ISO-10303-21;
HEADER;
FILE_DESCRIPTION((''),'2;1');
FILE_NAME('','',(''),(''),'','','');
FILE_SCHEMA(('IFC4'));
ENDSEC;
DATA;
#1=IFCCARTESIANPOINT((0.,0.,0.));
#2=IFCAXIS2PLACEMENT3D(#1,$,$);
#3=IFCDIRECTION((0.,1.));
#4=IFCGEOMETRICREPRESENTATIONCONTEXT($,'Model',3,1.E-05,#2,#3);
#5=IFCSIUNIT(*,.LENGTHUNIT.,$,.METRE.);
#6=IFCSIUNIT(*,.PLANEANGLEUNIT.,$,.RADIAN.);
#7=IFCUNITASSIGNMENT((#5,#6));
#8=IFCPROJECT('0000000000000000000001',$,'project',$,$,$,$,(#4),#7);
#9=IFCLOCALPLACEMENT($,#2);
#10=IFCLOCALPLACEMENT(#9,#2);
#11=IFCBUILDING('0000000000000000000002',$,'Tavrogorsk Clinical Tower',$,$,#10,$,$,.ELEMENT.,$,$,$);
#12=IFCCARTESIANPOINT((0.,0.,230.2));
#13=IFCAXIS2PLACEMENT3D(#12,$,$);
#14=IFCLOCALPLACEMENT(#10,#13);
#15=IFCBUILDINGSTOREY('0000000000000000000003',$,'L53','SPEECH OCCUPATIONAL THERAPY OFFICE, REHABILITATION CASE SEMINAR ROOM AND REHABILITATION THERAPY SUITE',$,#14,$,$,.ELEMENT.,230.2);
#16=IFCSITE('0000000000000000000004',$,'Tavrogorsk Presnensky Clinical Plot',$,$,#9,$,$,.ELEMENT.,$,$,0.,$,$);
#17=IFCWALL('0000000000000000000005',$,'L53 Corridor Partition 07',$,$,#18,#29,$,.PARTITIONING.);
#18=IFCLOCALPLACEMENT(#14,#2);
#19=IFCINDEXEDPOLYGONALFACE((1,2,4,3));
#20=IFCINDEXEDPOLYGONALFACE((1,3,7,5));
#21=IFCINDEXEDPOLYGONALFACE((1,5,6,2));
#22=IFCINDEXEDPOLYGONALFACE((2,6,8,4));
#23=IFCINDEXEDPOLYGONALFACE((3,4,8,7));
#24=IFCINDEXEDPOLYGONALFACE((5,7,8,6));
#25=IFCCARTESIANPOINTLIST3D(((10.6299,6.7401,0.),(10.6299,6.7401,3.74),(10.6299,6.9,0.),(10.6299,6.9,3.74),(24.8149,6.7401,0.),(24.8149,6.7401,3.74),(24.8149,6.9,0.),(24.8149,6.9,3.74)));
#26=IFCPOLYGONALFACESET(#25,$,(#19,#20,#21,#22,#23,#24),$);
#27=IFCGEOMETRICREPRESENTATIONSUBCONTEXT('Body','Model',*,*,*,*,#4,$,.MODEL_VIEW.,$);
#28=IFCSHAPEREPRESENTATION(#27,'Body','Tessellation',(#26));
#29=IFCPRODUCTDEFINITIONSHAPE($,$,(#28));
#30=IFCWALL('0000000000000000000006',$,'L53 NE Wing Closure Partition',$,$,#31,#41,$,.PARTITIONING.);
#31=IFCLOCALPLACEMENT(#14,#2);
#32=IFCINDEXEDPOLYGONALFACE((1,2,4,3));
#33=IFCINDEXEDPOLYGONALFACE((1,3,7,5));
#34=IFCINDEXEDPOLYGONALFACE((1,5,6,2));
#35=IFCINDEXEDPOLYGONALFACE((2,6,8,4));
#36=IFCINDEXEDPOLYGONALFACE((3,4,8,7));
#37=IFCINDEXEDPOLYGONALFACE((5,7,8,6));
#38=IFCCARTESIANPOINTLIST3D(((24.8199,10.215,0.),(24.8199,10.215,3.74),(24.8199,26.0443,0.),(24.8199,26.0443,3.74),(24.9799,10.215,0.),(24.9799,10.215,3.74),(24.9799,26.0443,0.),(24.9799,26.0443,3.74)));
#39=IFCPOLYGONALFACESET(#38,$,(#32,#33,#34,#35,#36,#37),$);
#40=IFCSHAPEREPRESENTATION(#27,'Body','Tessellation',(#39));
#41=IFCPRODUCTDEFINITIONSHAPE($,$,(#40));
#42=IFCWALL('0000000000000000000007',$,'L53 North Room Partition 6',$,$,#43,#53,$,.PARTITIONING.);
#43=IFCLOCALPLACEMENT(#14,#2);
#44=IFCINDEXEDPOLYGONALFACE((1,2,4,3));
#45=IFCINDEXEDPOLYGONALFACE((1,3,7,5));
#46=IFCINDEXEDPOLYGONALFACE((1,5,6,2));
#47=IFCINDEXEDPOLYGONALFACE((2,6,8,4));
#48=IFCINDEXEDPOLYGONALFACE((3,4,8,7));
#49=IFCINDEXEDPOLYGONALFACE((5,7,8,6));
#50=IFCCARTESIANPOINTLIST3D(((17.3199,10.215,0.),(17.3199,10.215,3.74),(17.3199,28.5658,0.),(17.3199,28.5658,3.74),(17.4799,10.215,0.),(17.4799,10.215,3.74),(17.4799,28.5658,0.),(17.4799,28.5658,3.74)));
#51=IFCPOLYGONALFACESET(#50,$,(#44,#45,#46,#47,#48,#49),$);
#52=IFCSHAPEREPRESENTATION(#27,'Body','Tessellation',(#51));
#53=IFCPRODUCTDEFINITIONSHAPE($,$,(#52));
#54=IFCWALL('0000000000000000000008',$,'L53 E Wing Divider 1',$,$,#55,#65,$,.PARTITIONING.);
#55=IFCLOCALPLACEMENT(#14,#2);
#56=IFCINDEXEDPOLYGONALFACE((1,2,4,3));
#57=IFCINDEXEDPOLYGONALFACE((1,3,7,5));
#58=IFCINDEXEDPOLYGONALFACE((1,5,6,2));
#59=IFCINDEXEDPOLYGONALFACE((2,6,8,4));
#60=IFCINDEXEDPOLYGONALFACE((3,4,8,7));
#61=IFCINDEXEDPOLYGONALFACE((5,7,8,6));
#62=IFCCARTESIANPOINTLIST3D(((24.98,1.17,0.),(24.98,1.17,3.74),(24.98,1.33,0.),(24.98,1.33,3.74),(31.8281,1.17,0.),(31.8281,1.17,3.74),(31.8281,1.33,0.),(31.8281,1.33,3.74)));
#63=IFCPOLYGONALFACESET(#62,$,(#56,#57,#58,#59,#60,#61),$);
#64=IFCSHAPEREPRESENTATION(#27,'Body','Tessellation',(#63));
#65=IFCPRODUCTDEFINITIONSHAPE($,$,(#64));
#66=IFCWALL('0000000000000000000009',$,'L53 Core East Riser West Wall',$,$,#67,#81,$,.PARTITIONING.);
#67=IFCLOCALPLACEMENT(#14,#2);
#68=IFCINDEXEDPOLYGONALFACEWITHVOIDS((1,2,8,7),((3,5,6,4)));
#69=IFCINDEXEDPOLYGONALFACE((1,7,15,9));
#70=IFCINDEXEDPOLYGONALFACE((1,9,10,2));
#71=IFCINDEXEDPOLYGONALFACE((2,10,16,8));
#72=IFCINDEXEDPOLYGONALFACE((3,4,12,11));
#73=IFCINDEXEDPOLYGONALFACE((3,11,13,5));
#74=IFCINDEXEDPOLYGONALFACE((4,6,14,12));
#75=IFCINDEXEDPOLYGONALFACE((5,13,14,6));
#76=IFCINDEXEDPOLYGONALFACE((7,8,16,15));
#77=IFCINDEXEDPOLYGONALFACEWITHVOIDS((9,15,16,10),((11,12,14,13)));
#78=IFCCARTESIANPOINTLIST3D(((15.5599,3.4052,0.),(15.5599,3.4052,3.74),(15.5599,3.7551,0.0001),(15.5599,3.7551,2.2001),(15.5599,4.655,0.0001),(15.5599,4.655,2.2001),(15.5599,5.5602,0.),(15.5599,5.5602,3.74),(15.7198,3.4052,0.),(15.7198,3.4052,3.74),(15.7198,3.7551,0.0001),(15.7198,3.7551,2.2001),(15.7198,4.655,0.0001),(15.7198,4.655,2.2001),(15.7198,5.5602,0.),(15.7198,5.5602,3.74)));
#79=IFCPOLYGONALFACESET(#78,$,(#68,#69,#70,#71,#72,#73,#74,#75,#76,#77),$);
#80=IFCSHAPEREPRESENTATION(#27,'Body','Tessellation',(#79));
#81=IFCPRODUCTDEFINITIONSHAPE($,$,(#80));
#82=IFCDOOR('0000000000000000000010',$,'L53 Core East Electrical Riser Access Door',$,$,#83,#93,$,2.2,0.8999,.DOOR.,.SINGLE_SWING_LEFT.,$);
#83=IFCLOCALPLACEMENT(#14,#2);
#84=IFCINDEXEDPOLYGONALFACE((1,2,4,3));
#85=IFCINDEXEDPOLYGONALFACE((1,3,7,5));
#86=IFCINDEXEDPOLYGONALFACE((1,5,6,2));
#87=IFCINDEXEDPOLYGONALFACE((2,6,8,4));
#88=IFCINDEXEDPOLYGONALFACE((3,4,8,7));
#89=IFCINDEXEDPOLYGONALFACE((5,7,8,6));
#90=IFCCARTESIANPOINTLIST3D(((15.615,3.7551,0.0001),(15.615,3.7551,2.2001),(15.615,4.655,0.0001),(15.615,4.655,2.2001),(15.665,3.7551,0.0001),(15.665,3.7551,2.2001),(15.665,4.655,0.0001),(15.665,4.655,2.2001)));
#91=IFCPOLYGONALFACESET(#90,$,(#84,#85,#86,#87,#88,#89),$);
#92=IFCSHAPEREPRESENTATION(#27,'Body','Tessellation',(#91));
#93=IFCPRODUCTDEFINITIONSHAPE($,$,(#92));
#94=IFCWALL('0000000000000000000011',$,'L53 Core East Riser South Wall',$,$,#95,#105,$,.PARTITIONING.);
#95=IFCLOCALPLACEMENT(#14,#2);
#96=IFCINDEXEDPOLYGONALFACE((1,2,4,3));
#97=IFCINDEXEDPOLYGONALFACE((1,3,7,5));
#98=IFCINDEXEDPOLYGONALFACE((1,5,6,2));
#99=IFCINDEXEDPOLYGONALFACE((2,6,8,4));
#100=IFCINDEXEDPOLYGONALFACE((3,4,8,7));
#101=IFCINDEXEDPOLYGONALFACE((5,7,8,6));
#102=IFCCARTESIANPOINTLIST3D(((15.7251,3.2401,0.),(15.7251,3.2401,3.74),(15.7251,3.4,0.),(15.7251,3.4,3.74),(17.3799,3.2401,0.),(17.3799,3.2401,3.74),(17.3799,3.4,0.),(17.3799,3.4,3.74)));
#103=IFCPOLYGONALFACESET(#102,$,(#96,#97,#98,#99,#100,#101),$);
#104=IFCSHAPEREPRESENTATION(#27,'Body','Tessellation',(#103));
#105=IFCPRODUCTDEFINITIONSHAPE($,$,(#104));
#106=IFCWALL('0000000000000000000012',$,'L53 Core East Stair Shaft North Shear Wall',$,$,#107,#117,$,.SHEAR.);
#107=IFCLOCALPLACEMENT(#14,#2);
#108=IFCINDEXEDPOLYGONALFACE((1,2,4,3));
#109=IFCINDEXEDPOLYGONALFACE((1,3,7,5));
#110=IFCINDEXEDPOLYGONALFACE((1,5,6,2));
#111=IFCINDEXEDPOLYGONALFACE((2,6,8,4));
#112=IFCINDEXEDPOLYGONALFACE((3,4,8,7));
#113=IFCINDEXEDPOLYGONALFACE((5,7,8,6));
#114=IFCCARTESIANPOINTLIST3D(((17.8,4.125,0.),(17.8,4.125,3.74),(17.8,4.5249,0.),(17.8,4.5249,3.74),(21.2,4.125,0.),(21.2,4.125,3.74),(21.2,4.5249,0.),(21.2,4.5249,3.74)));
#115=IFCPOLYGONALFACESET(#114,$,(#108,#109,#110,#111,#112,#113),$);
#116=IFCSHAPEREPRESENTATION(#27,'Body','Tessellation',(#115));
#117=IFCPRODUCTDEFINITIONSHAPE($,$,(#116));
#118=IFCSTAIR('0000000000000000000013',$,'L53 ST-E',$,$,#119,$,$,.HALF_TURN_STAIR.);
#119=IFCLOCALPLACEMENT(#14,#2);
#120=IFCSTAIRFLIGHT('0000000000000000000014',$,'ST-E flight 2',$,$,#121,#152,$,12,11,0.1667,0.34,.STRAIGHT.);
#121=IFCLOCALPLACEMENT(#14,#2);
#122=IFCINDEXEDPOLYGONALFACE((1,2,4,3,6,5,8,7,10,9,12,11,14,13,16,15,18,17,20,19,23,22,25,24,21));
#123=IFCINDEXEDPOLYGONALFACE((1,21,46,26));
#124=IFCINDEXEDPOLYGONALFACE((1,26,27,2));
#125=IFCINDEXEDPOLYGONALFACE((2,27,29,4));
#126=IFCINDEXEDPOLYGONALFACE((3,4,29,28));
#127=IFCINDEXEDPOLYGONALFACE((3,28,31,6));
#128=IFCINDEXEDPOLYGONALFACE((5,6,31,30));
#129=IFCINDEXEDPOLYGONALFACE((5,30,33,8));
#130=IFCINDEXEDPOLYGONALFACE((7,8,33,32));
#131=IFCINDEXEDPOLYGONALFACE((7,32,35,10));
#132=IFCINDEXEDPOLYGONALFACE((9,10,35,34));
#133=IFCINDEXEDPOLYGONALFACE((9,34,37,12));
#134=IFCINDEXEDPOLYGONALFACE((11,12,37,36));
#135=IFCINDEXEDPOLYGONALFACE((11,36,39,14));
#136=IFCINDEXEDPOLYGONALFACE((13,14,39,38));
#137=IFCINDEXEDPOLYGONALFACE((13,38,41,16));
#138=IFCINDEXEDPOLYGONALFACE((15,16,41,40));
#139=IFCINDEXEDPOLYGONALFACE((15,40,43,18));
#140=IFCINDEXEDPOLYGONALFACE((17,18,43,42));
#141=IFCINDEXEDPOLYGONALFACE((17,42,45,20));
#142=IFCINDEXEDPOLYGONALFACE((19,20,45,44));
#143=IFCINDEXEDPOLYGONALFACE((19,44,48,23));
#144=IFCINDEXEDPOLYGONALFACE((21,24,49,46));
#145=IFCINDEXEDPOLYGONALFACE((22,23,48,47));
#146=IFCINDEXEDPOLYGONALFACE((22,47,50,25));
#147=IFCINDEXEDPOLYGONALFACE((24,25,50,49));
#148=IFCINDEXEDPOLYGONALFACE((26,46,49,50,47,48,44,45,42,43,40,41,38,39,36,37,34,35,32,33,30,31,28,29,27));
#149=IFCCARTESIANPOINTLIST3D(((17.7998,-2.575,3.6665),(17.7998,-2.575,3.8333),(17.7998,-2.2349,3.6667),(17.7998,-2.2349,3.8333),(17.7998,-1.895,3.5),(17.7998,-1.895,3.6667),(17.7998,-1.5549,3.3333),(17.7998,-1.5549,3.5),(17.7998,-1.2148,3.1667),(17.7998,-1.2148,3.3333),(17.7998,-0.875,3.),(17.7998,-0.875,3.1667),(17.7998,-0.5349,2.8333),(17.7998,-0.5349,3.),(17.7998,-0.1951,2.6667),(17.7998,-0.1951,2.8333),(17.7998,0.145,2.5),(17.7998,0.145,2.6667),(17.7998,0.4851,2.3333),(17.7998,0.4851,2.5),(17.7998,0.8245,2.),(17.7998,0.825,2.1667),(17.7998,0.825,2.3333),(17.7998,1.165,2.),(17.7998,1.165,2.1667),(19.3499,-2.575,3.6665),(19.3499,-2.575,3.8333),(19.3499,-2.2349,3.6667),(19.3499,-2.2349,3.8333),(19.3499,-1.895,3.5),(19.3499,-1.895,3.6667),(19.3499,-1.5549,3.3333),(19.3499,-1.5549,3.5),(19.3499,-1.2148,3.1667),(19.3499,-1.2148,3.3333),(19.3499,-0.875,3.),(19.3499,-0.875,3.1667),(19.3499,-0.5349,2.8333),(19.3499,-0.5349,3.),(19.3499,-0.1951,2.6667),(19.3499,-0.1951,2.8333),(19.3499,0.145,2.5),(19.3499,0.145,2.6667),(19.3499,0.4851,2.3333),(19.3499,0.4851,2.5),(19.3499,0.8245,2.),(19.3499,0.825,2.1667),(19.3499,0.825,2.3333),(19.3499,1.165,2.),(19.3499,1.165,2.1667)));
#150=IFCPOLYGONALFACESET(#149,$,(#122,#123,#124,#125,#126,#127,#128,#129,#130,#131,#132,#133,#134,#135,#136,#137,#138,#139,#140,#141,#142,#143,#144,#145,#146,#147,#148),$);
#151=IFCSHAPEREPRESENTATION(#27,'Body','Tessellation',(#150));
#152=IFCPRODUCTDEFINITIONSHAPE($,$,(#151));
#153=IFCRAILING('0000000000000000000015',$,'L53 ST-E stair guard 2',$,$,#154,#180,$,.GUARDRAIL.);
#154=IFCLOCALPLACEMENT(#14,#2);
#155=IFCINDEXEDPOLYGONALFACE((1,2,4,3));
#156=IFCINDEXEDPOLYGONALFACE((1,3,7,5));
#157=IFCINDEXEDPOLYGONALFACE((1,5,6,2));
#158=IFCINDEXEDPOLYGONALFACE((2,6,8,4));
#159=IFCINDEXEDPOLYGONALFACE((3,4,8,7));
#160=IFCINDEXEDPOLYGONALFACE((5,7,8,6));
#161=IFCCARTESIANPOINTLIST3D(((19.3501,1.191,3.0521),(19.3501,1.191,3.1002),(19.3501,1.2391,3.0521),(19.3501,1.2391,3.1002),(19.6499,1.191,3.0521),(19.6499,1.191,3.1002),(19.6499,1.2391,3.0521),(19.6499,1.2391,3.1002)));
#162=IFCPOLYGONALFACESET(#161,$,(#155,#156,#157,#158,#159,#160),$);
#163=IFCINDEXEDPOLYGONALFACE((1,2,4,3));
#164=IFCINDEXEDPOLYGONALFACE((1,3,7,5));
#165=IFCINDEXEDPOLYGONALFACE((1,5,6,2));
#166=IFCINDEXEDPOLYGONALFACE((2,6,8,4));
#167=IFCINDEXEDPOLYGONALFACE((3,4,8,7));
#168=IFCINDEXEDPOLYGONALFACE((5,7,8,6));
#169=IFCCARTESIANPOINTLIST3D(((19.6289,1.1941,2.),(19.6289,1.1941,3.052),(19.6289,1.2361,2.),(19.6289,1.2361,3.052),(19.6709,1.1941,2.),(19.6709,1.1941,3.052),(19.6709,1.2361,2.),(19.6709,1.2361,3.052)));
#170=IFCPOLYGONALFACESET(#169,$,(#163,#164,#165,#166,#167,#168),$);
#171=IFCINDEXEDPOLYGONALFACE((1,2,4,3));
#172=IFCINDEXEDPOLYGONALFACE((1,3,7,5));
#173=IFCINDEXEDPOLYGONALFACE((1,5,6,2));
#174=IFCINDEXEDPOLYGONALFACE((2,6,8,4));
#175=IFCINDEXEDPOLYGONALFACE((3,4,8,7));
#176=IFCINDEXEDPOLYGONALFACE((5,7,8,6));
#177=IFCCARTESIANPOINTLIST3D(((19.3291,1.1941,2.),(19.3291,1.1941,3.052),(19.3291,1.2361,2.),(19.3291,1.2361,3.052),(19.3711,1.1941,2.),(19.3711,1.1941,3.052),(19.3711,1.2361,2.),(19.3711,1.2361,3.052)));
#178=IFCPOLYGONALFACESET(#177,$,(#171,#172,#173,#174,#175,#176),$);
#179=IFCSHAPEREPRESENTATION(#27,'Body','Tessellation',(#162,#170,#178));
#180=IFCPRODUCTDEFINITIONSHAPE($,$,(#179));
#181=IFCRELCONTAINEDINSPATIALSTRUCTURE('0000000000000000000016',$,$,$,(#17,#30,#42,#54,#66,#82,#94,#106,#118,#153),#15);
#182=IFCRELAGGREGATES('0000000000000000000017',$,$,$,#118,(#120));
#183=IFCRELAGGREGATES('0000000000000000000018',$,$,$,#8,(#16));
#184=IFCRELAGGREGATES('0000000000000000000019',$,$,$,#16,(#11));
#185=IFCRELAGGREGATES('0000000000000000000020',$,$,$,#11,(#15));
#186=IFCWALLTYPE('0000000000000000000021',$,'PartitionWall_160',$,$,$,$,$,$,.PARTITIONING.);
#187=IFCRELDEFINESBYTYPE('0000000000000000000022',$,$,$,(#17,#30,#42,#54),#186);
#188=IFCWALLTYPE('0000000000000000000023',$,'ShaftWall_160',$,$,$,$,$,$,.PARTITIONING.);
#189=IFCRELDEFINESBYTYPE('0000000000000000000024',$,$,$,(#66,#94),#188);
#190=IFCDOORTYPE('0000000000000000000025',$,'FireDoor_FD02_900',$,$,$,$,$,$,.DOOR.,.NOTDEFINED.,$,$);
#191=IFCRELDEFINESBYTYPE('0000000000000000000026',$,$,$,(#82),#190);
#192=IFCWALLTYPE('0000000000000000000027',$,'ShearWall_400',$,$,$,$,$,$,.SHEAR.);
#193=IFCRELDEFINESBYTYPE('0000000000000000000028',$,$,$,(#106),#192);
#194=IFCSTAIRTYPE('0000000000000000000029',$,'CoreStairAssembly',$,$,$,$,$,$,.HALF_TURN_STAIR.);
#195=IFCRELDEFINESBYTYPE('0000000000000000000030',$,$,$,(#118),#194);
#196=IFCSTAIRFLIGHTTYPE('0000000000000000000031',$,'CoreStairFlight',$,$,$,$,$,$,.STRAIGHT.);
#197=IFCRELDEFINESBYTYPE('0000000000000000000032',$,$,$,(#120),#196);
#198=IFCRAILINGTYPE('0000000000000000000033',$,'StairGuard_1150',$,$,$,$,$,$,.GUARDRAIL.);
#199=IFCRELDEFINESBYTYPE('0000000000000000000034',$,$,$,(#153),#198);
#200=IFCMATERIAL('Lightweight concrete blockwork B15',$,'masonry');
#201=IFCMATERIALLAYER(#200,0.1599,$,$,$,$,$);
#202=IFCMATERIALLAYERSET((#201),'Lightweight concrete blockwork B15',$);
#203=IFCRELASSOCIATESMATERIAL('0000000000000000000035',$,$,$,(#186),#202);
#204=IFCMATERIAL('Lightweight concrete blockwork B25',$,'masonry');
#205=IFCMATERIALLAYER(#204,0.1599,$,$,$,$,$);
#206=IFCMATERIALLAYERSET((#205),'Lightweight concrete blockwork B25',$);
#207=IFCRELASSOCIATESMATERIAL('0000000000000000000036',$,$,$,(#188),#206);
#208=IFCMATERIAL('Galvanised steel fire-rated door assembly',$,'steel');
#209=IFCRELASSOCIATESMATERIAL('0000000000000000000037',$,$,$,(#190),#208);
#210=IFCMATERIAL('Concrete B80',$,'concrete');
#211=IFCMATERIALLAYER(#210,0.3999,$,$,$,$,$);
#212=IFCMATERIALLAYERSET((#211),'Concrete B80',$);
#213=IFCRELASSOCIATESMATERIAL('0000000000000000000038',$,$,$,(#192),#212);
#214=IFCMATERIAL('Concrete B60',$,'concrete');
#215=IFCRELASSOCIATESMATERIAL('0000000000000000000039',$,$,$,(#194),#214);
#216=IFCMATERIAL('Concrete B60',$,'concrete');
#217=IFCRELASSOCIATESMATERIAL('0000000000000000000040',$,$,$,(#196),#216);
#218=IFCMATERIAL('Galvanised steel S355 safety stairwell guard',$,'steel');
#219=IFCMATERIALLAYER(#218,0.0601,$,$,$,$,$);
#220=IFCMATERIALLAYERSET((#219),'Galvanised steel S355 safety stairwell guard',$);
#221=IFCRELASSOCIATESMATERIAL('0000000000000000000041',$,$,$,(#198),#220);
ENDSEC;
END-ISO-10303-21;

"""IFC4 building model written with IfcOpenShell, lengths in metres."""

from ifc_helpers import new_model, si_unit, direction, frame, frame_2d, origin, origin_2d, place, context, subcontext, project, spatial, polyline, rectangle, outline, extrude, material, layer, layer_set, type_object, element, fill, aggregate, save


model = new_model("IFC4")

# Units and contexts
model_context = context("Model", 3, precision=1e-05, world=origin(), true_north=direction((0.0, 1.0)))
body_context = subcontext(model_context, "Body", "Model", "MODEL_VIEW")
ifc_project = project(units=[si_unit("LENGTHUNIT", "METRE"), si_unit("PLANEANGLEUNIT", "RADIAN")], contexts=[model_context])

# Site, building, storey
site_placement = place(None, origin())
site = spatial("IfcSite", under=ifc_project, at=site_placement, Name="Tavrogorsk Presnensky Clinical Plot", CompositionType="ELEMENT", RefElevation=0.0)
building_placement = place(site_placement, origin())
building = spatial("IfcBuilding", under=site, at=building_placement, Name="Tavrogorsk Clinical Tower", CompositionType="ELEMENT")
storey_placement = place(building_placement, frame((0.0, 0.0, 230.2)))
storey = spatial("IfcBuildingStorey", under=building, at=storey_placement, Name="L53", Description="SPEECH OCCUPATIONAL THERAPY OFFICE, REHABILITATION CASE SEMINAR ROOM AND REHABILITATION THERAPY SUITE", CompositionType="ELEMENT", Elevation=230.2)

# Shared definitions
ifc_material_1 = material(Name="Lightweight concrete blockwork B15", Category="masonry")
ifc_layer_1 = layer(ifc_material_1, 0.1599)
ifc_layer_set_1 = layer_set([ifc_layer_1], Name="Lightweight concrete blockwork B15")
wall_type_1 = type_object("IfcWallType", Name="PartitionWall_160", PredefinedType="PARTITIONING", material=ifc_layer_set_1)

# Walls
wall_1_placement = place(storey_placement, frame((24.8149, 6.8201, 0.0), z_axis=(0.0, 0.0, 1.0), x_axis=(-1.0, 0.0, 0.0)))
element("IfcWall", 1, at=wall_1_placement, inside=storey, type_object=wall_type_1, Name="L53 Corridor Partition 07", PredefinedType="PARTITIONING", context=body_context, shape_type="SweptSolid", body=[
    extrude(rectangle(XDim=14.1851, YDim=0.1599, at=frame_2d((7.0925, 0.0))), origin(), (0.0, 0.0, 1.0), 3.74),
])
wall_2_placement = place(storey_placement, frame((24.8999, 10.2151, 0.0), z_axis=(0.0, 0.0, 1.0), x_axis=(0.0, 1.0, 0.0)))
element("IfcWall", 2, at=wall_2_placement, inside=storey, type_object=wall_type_1, Name="L53 NE Wing Closure Partition", PredefinedType="PARTITIONING", context=body_context, shape_type="SweptSolid", body=[
    extrude(rectangle(XDim=15.8293, YDim=0.1599, at=frame_2d((7.9146, 0.0))), origin(), (0.0, 0.0, 1.0), 3.74),
])
wall_3_placement = place(storey_placement, frame((17.3999, 10.2151, 0.0), z_axis=(0.0, 0.0, 1.0), x_axis=(0.0, 1.0, 0.0)))
element("IfcWall", 3, at=wall_3_placement, inside=storey, type_object=wall_type_1, Name="L53 North Room Partition 6", PredefinedType="PARTITIONING", context=body_context, shape_type="SweptSolid", body=[
    extrude(rectangle(XDim=18.3508, YDim=0.1599, at=frame_2d((9.1753, 0.0))), origin(), (0.0, 0.0, 1.0), 3.74),
])
wall_4_placement = place(storey_placement, frame((24.98, 1.25, 0.0), z_axis=(0.0, 0.0, 1.0), x_axis=(1.0, 0.0, 0.0)))
element("IfcWall", 4, at=wall_4_placement, inside=storey, type_object=wall_type_1, Name="L53 E Wing Divider 1", PredefinedType="PARTITIONING", context=body_context, shape_type="SweptSolid", body=[
    extrude(rectangle(XDim=6.8481, YDim=0.1599, at=frame_2d((3.4241, 0.0))), origin(), (0.0, 0.0, 1.0), 3.74),
])

# Wall, opening, door
ifc_material_2 = material(Name="Lightweight concrete blockwork B25", Category="masonry")
ifc_layer_2 = layer(ifc_material_2, 0.1599)
ifc_layer_set_2 = layer_set([ifc_layer_2], Name="Lightweight concrete blockwork B25")
wall_type_2 = type_object("IfcWallType", Name="ShaftWall_160", PredefinedType="PARTITIONING", material=ifc_layer_set_2)
wall_5_placement = place(storey_placement, frame((15.6399, 3.405, 0.0), z_axis=(0.0, 0.0, 1.0), x_axis=(0.0, 1.0, 0.0)))
wall_5 = element("IfcWall", 5, at=wall_5_placement, inside=storey, type_object=wall_type_2, Name="L53 Core East Riser West Wall", PredefinedType="PARTITIONING", context=body_context, shape_type="SweptSolid", body=[
    extrude(rectangle(XDim=2.155, YDim=0.1599, at=frame_2d((1.0776, 0.0))), origin(), (0.0, 0.0, 1.0), 3.74),
])
opening_1_placement = place(wall_5_placement, frame((0.3501, 0.0, 0.0)))
opening_1 = element("IfcOpeningElement", 6, at=opening_1_placement, cuts=wall_5, PredefinedType="OPENING", context=body_context, shape_type="SweptSolid", body=[
    extrude(rectangle(XDim=0.8999, YDim=2.2, at=frame_2d((0.45, 1.1001))), frame((0.0, 0.0898, 0.0), z_axis=(0.0, -1.0, 0.0), x_axis=(1.0, 0.0, 0.0)), (0.0, 0.0, 1.0), 0.1799),
])
ifc_material_3 = material(Name="Galvanised steel fire-rated door assembly", Category="steel")
door_type_1 = type_object("IfcDoorType", Name="FireDoor_FD02_900", OperationType="NOTDEFINED", PredefinedType="DOOR", material=ifc_material_3)
door_1_placement = place(opening_1_placement, origin())
door_1 = element("IfcDoor", 7, at=door_1_placement, inside=storey, type_object=door_type_1, Name="L53 Core East Electrical Riser Access Door", OperationType="SINGLE_SWING_LEFT", OverallHeight=2.2, OverallWidth=0.8999, PredefinedType="DOOR", context=body_context, shape_type="SweptSolid", body=[
    extrude(rectangle(XDim=0.8999, YDim=2.2, at=frame_2d((0.45, 1.1001))), frame((0.0, 0.0249, 0.0), z_axis=(0.0, -1.0, 0.0), x_axis=(1.0, 0.0, 0.0)), (0.0, 0.0, 1.0), 0.05),
])
fill(opening_1, door_1)

# Walls
wall_6_placement = place(storey_placement, frame((15.7251, 3.3201, 0.0), z_axis=(0.0, 0.0, 1.0), x_axis=(1.0, 0.0, 0.0)))
element("IfcWall", 8, at=wall_6_placement, inside=storey, type_object=wall_type_2, Name="L53 Core East Riser South Wall", PredefinedType="PARTITIONING", context=body_context, shape_type="SweptSolid", body=[
    extrude(rectangle(XDim=1.6548, YDim=0.1599, at=frame_2d((0.8274, 0.0))), origin(), (0.0, 0.0, 1.0), 3.74),
])
ifc_material_4 = material(Name="Concrete B80", Category="concrete")
ifc_layer_3 = layer(ifc_material_4, 0.3999)
ifc_layer_set_3 = layer_set([ifc_layer_3], Name="Concrete B80")
wall_type_3 = type_object("IfcWallType", Name="ShearWall_400", PredefinedType="SHEAR", material=ifc_layer_set_3)
wall_7_placement = place(storey_placement, frame((17.8, 4.325, 0.0), z_axis=(0.0, 0.0, 1.0), x_axis=(1.0, 0.0, 0.0)))
element("IfcWall", 9, at=wall_7_placement, inside=storey, type_object=wall_type_3, Name="L53 Core East Stair Shaft North Shear Wall", PredefinedType="SHEAR", context=body_context, shape_type="SweptSolid", body=[
    extrude(rectangle(XDim=3.3999, YDim=0.3999, at=frame_2d((1.7, 0.0))), origin(), (0.0, 0.0, 1.0), 3.74),
])

# Stair, stair flight
ifc_material_5 = material(Name="Concrete B60", Category="concrete")
stair_type = type_object("IfcStairType", Name="CoreStairAssembly", PredefinedType="HALF_TURN_STAIR", material=ifc_material_5)
stair_placement = place(storey_placement, origin())
stair = element("IfcStair", 10, at=stair_placement, inside=storey, type_object=stair_type, Name="L53 ST-E", PredefinedType="HALF_TURN_STAIR")
ifc_material_6 = material(Name="Concrete B60", Category="concrete")
stair_flight_type = type_object("IfcStairFlightType", Name="CoreStairFlight", PredefinedType="STRAIGHT", material=ifc_material_6)
stair_flight_placement = place(storey_placement, frame((18.575, 1.165, 2.0), z_axis=(0.0, 0.0, 1.0), x_axis=(0.0, -1.0, 0.0)))
stair_flight = element("IfcStairFlight", 11, at=stair_flight_placement, type_object=stair_flight_type, Name="ST-E flight 2", NumberOfRisers=12, NumberOfTreads=11, PredefinedType="STRAIGHT", RiserHeight=0.1667, TreadLength=0.34, context=body_context, shape_type="SweptSolid", body=[
    extrude(outline(polyline([(0.0, 0.0), (0.0, 0.1667), (0.3401, 0.1667), (0.3401, 0.3333), (0.6799, 0.3333), (0.6799, 0.5), (1.02, 0.5), (1.02, 0.6667), (1.3601, 0.6667), (1.3601, 0.8333), (1.7, 0.8333), (1.7, 1.0), (2.04, 1.0), (2.04, 1.1667), (2.3799, 1.1667), (2.3799, 1.3333), (2.72, 1.3333), (2.72, 1.5), (3.0601, 1.5), (3.0601, 1.6667), (3.3999, 1.6667), (3.3999, 1.8333), (3.74, 1.8333), (3.74, 2.0), (3.74, 1.6665), (0.3406, 0.0), (0.0, 0.0)])), frame((0.0, 0.7749, 0.0), z_axis=(0.0, -1.0, 0.0), x_axis=(1.0, 0.0, 0.0)), (0.0, 0.0, 1.0), 1.55),
])
aggregate(stair, [stair_flight])

# Railing
ifc_material_7 = material(Name="Galvanised steel S355 safety stairwell guard", Category="steel")
ifc_layer_4 = layer(ifc_material_7, 0.0601)
ifc_layer_set_4 = layer_set([ifc_layer_4], Name="Galvanised steel S355 safety stairwell guard")
railing_type_1 = type_object("IfcRailingType", Name="StairGuard_1150", PredefinedType="GUARDRAIL", material=ifc_layer_set_4)
railing_1_placement = place(storey_placement, frame((19.6499, 1.2151, 2.0)))
element("IfcRailing", 12, at=railing_1_placement, inside=storey, type_object=railing_type_1, Name="L53 ST-E stair guard 2", PredefinedType="GUARDRAIL", context=body_context, shape_type="SweptSolid", body=[
    extrude(rectangle(XDim=0.0481, YDim=0.0481, at=origin_2d()), frame((0.0, 0.0, 1.0762), z_axis=(-1.0, 0.0, 0.0), x_axis=(0.0, -1.0, 0.0)), (0.0, 0.0, 1.0), 0.2998),
    extrude(rectangle(XDim=0.042, YDim=0.042, at=origin_2d()), origin(), (0.0, 0.0, 1.0), 1.052),
    extrude(rectangle(XDim=0.042, YDim=0.042, at=origin_2d()), frame((-0.2998, 0.0, 0.0)), (0.0, 0.0, 1.0), 1.052),
])

save(model, "model.ifc")
